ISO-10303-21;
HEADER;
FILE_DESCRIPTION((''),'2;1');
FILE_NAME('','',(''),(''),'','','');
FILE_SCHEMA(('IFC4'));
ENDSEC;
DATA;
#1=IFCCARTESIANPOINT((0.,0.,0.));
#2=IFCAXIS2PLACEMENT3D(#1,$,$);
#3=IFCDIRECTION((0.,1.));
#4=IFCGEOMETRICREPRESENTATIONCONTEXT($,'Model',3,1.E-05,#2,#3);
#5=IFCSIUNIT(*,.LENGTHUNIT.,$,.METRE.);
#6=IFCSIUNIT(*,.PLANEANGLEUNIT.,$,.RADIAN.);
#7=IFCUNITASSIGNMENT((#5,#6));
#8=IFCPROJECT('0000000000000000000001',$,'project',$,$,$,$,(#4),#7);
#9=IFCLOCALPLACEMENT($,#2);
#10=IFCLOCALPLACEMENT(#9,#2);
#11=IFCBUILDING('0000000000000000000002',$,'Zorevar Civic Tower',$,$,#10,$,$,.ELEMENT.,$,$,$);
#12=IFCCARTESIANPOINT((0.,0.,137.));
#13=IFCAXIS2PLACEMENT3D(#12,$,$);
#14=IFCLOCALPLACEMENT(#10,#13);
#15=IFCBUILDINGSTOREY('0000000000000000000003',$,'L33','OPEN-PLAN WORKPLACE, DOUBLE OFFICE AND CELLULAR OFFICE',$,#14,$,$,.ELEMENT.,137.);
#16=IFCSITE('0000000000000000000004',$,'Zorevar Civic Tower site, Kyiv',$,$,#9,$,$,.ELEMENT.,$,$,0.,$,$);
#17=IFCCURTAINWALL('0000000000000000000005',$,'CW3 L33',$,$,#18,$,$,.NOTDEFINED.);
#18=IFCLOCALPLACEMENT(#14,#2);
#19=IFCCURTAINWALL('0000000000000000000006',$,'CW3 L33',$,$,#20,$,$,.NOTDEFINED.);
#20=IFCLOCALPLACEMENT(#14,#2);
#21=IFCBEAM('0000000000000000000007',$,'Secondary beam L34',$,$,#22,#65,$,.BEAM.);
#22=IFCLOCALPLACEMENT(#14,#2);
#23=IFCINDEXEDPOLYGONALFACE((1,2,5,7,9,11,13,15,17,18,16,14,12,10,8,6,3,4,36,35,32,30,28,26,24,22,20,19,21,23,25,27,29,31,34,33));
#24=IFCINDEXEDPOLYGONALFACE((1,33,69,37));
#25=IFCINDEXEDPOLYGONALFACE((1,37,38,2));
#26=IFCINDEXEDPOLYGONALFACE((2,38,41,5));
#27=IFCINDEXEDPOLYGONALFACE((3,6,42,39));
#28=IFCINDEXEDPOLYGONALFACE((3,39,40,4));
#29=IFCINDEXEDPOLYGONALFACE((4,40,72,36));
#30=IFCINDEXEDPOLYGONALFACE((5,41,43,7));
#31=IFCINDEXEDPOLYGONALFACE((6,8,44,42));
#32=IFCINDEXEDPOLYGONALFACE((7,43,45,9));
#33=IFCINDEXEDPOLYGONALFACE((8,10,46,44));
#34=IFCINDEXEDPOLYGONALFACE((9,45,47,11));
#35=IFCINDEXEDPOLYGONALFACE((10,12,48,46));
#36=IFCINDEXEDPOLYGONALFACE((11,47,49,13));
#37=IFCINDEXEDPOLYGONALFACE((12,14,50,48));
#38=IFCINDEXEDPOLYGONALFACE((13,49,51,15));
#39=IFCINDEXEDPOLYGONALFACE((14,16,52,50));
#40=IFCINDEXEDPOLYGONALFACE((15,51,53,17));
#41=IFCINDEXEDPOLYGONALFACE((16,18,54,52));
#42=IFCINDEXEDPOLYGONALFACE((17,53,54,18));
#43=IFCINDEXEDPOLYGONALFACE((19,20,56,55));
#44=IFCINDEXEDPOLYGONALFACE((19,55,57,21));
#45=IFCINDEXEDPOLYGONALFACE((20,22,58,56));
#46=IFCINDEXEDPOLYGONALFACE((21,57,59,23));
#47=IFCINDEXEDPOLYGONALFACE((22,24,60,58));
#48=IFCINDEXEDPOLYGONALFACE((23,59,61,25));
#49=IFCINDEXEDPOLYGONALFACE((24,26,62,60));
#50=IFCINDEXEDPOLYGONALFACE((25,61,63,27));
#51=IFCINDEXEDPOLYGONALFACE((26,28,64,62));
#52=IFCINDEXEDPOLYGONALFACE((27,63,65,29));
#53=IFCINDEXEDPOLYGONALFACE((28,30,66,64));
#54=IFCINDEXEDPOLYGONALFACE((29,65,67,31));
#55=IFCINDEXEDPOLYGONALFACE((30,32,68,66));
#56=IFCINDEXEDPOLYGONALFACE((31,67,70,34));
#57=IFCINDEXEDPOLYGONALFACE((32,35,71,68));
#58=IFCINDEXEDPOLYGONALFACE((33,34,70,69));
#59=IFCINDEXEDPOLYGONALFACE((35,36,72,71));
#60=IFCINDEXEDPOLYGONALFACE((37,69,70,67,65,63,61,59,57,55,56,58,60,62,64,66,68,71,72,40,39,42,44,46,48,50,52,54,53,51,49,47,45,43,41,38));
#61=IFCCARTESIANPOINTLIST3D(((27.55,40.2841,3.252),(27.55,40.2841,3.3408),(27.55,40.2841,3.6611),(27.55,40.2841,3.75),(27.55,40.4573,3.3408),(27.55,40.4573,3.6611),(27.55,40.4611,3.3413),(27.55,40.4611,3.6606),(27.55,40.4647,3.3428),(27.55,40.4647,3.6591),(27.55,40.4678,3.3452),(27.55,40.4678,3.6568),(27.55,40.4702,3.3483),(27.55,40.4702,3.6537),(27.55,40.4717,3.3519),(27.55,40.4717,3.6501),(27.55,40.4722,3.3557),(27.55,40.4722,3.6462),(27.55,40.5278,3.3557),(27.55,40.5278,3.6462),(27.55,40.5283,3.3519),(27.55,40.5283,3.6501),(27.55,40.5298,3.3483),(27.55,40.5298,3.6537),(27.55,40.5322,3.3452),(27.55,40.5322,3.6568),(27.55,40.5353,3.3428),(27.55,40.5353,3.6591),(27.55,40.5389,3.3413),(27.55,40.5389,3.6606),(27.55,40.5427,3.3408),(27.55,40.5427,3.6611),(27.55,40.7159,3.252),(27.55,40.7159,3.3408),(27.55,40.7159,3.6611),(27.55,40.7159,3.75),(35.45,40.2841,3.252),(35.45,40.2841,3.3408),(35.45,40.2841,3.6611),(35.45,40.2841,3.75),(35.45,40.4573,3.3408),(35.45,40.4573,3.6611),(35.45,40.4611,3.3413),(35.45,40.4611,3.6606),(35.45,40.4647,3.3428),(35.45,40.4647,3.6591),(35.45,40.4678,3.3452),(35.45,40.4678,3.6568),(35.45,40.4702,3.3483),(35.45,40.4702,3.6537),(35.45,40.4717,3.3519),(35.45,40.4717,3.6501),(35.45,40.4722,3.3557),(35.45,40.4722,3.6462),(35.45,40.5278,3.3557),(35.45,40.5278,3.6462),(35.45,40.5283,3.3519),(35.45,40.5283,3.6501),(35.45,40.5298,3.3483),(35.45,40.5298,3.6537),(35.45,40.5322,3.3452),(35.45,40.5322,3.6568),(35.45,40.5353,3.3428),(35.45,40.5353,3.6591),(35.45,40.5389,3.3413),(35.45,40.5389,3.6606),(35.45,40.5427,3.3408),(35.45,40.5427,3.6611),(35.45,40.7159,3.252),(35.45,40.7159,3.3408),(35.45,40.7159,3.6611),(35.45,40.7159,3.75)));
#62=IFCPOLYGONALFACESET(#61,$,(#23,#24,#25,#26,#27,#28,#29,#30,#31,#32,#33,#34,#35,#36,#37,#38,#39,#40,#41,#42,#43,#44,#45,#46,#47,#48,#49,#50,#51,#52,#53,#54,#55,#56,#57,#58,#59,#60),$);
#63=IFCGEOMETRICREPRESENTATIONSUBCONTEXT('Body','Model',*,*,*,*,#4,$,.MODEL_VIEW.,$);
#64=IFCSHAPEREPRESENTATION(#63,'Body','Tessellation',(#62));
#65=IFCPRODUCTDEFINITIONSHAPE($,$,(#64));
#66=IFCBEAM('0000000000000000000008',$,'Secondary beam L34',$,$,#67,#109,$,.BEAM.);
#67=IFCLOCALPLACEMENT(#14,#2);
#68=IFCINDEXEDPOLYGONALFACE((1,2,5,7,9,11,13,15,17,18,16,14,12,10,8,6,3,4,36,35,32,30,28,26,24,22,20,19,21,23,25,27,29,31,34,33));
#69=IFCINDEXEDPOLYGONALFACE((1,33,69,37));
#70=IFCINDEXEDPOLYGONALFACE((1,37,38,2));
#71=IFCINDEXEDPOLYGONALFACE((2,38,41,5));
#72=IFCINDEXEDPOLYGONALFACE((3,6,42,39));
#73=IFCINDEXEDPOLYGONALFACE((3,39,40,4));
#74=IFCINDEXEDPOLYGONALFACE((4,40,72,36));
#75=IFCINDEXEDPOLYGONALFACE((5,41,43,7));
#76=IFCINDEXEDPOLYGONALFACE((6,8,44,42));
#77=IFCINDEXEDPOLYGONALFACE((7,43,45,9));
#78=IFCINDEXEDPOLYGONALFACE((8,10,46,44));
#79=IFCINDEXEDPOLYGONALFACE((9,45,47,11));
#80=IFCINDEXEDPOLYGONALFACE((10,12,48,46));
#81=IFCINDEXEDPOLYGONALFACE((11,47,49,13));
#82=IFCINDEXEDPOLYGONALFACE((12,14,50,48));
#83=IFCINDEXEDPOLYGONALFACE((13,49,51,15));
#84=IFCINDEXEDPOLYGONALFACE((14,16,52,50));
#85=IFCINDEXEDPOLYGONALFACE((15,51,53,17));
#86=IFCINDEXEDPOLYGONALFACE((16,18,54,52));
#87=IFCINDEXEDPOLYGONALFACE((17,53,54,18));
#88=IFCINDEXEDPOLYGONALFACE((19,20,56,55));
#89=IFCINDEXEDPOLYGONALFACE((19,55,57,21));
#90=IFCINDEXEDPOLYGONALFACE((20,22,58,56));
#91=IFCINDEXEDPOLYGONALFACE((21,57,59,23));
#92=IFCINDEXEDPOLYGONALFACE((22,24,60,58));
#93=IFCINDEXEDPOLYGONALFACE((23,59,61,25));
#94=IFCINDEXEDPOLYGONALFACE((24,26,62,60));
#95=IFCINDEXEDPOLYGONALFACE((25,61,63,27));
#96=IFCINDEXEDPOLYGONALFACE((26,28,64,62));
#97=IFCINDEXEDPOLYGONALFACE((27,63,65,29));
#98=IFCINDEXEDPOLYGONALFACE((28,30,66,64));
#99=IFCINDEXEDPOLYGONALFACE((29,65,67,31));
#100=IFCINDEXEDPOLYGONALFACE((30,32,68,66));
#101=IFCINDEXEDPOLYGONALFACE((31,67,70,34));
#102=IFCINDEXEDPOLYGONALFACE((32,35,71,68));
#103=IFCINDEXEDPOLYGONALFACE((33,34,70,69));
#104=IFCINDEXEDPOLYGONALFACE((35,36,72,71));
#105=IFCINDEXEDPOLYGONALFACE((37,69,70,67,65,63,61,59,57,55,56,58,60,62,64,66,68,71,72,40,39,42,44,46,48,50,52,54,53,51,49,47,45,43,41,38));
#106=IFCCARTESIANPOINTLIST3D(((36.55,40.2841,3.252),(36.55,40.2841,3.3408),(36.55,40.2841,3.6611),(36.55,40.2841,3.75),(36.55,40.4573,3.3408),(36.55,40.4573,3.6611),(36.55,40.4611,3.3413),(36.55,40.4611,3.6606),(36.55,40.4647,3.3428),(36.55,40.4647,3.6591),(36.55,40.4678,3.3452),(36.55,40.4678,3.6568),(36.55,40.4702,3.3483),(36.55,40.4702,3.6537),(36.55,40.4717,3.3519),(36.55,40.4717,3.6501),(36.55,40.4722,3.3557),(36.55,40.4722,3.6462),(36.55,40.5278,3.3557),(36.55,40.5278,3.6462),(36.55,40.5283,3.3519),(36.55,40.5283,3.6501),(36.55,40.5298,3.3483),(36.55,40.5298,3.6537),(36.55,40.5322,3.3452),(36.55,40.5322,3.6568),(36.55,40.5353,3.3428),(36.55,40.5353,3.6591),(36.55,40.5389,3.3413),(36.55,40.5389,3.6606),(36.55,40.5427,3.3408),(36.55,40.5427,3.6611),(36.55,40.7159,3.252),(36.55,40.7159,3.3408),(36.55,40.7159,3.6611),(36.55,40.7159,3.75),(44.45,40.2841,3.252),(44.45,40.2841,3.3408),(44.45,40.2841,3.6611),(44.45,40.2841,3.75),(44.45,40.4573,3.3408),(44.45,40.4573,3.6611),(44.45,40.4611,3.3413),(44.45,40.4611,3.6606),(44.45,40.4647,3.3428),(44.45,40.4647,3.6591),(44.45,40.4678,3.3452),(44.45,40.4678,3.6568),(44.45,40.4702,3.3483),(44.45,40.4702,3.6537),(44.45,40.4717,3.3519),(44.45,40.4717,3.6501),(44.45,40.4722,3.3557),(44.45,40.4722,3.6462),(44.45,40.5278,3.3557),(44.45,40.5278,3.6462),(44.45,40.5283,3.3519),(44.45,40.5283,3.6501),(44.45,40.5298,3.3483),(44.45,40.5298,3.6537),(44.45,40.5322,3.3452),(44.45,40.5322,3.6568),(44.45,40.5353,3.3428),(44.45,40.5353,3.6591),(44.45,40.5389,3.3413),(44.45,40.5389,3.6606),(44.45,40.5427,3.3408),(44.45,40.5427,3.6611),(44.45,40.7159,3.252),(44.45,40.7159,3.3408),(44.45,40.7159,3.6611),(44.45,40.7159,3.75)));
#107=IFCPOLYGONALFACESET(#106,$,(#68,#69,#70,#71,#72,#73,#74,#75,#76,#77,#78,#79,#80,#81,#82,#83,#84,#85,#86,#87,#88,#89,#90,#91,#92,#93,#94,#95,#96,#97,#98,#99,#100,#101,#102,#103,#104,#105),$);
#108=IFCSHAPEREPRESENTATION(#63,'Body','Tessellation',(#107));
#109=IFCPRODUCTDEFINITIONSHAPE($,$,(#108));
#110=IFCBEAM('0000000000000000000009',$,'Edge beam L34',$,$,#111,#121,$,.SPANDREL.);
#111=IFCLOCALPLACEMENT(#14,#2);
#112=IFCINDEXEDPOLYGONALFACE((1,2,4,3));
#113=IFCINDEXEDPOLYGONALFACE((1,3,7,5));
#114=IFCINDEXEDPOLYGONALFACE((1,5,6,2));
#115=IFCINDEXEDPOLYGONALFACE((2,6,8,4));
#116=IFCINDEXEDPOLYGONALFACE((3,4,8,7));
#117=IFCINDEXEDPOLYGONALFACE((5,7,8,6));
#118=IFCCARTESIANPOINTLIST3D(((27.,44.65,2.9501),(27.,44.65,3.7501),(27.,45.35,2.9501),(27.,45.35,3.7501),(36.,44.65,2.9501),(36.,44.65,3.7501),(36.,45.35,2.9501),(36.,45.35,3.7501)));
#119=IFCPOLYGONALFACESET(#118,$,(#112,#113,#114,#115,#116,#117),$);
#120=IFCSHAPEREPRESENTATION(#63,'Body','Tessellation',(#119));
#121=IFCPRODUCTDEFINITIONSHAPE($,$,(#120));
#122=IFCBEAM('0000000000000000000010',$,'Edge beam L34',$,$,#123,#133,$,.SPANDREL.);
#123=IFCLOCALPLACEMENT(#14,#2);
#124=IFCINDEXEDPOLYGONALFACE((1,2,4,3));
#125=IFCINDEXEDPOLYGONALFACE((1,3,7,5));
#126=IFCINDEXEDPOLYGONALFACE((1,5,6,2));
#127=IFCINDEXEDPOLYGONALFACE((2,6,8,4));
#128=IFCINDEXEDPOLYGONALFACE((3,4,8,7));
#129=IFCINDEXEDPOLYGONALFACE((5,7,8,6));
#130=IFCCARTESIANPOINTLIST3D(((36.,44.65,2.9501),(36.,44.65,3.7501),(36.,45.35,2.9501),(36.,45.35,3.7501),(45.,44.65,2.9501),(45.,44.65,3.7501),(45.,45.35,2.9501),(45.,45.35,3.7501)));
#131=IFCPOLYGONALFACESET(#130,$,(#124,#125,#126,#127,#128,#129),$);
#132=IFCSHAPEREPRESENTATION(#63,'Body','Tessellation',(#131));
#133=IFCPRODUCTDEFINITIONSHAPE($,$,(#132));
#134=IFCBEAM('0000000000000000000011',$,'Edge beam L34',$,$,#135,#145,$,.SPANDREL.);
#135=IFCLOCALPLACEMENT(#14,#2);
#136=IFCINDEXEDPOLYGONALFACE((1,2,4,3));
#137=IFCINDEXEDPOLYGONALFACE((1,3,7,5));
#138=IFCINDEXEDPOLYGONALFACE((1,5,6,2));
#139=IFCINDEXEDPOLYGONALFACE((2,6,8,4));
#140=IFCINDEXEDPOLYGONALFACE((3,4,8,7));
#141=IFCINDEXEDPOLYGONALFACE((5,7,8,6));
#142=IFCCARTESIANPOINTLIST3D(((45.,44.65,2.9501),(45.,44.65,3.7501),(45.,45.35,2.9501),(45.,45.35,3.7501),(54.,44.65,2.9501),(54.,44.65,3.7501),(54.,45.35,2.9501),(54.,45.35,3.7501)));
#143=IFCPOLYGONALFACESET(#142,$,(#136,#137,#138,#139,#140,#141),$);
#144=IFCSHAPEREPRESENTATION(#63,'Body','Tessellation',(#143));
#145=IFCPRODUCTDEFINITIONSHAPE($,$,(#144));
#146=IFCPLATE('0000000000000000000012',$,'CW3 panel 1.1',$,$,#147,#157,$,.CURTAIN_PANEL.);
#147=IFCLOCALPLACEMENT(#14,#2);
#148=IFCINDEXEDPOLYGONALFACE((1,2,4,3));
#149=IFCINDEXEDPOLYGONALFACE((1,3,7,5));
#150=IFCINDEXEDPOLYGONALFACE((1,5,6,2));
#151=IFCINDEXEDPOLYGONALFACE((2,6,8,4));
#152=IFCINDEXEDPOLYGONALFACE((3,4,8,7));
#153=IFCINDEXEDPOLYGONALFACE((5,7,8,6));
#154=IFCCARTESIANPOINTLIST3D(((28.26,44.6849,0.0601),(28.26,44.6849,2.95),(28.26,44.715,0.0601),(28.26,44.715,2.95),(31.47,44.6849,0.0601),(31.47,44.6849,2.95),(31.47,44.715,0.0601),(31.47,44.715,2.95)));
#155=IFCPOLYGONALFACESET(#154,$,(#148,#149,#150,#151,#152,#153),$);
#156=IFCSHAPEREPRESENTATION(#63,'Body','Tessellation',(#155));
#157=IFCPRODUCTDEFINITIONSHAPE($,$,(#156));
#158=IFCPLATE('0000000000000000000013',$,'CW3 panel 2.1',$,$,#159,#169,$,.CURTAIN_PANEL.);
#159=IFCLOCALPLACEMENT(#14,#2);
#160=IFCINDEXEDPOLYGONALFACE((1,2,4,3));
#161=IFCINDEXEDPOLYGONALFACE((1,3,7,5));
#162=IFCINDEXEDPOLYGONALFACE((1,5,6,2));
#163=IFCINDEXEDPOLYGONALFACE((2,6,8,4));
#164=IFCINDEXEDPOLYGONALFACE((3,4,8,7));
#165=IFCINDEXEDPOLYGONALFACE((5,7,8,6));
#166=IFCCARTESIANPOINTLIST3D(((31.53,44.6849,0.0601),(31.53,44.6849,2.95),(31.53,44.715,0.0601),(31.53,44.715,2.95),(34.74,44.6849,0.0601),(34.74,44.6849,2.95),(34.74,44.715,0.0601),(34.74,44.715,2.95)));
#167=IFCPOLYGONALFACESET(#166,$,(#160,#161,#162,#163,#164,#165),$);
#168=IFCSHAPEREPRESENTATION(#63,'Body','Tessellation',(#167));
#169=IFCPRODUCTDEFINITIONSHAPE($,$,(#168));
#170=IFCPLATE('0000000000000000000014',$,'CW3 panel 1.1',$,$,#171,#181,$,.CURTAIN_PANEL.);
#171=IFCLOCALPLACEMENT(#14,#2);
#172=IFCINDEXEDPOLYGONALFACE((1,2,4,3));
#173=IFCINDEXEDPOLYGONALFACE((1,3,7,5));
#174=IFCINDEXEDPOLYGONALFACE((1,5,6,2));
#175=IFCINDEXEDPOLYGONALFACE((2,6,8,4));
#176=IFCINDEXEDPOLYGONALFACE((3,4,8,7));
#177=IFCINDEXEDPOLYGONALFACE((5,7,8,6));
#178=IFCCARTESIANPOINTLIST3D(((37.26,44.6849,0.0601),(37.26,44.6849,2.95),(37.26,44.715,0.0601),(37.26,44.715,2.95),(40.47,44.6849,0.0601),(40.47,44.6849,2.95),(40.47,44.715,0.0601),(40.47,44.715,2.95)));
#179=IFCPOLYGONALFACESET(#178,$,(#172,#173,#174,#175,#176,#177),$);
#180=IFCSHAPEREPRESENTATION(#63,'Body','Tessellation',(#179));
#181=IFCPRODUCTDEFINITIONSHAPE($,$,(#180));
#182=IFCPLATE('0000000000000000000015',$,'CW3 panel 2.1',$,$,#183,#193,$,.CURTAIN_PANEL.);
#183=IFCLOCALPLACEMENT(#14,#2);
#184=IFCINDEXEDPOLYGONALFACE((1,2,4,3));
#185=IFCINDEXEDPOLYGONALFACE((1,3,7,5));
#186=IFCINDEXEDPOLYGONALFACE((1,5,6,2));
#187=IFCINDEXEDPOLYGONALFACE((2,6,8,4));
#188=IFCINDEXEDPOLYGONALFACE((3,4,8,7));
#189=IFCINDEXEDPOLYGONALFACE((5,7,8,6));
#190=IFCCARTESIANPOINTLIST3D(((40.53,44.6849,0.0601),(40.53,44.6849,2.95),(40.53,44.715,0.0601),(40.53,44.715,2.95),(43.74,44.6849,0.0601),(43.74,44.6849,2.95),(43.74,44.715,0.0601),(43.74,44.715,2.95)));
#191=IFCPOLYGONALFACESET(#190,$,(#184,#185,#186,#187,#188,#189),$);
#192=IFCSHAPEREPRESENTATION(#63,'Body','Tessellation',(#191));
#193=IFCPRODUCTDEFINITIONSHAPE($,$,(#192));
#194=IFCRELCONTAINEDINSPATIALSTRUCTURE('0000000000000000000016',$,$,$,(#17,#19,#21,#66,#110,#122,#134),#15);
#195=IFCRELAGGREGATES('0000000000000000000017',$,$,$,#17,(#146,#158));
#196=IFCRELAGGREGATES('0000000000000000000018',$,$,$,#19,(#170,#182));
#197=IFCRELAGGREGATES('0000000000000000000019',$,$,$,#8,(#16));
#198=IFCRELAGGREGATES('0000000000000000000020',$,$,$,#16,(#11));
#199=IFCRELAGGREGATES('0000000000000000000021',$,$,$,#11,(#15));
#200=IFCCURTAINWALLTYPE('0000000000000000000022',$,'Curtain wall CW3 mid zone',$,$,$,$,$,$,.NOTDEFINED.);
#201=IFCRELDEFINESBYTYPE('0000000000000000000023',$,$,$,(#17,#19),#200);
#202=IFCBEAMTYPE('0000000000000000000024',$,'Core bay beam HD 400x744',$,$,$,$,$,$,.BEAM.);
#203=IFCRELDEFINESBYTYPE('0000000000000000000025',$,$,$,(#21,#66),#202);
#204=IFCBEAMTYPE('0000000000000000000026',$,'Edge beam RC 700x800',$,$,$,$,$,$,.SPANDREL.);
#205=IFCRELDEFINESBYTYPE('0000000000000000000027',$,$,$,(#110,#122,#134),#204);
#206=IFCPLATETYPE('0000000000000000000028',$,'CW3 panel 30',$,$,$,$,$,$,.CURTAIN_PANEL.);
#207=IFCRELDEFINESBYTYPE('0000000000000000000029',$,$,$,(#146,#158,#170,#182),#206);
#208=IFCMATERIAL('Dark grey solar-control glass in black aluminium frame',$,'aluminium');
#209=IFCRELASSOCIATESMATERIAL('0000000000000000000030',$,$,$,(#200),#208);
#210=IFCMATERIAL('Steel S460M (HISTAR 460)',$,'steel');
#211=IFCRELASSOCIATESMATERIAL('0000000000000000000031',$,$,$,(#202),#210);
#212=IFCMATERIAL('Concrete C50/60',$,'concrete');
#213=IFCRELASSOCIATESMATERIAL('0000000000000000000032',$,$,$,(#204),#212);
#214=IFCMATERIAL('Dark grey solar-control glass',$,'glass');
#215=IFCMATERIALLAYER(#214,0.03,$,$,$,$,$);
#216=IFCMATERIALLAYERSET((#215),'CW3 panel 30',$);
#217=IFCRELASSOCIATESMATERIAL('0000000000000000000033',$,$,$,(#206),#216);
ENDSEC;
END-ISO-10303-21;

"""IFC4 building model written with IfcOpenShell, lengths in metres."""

from ifc_helpers import new_model, si_unit, direction, frame, origin, origin_2d, place, context, subcontext, project, spatial, rectangle, i_section, extrude, material, layer, layer_set, material_profile, profile_set, type_object, element, aggregate, save


model = new_model("IFC4")

# Units and contexts
model_context = context("Model", 3, precision=1e-05, world=origin(), true_north=direction((0.0, 1.0)))
body_context = subcontext(model_context, "Body", "Model", "MODEL_VIEW")
ifc_project = project(units=[si_unit("LENGTHUNIT", "METRE"), si_unit("PLANEANGLEUNIT", "RADIAN")], contexts=[model_context])

# Site, building, storey
site_placement = place(None, origin())
site = spatial("IfcSite", under=ifc_project, at=site_placement, Name="Zorevar Civic Tower site, Kyiv", CompositionType="ELEMENT", RefElevation=0.0)
building_placement = place(site_placement, origin())
building = spatial("IfcBuilding", under=site, at=building_placement, Name="Zorevar Civic Tower", CompositionType="ELEMENT")
storey_placement = place(building_placement, frame((0.0, 0.0, 137.0)))
storey = spatial("IfcBuildingStorey", under=building, at=storey_placement, Name="L33", Description="OPEN-PLAN WORKPLACE, DOUBLE OFFICE AND CELLULAR OFFICE", CompositionType="ELEMENT", Elevation=137.0)

# Shared definitions
ifc_material_1 = material(Name="Dark grey solar-control glass in black aluminium frame", Category="aluminium")
curtain_wall_type = type_object("IfcCurtainWallType", Name="Curtain wall CW3 mid zone", PredefinedType="NOTDEFINED", material=ifc_material_1)

# Curtain walls
curtain_wall_1_placement = place(storey_placement, origin())
curtain_wall_1 = element("IfcCurtainWall", 1, at=curtain_wall_1_placement, inside=storey, type_object=curtain_wall_type, Name="CW3 L33", PredefinedType="NOTDEFINED")
curtain_wall_2_placement = place(storey_placement, origin())
curtain_wall_2 = element("IfcCurtainWall", 2, at=curtain_wall_2_placement, inside=storey, type_object=curtain_wall_type, Name="CW3 L33", PredefinedType="NOTDEFINED")

# Beams
ifc_material_2 = material(Name="Steel S460M (HISTAR 460)", Category="steel")
ifc_material_profile_1 = material_profile(ifc_material_2, i_section(OverallWidth=0.4319, OverallDepth=0.498, WebThickness=0.0557, FlangeThickness=0.0889, FilletRadius=0.0149, at=origin_2d()), Name="HD 400x744")
ifc_profile_set_1 = profile_set([ifc_material_profile_1], Name="Steel S460M (HISTAR 460)")
beam_type_1 = type_object("IfcBeamType", Name="Core bay beam HD 400x744", PredefinedType="BEAM", material=ifc_profile_set_1)
for number, where, z_axis, x_axis, name in (
    (3, (27.55, 40.5, 3.501), (1.0, 0.0, 0.0), (0.0, 1.0, 0.0), "Secondary beam L34"),
    (4, (36.55, 40.5, 3.501), (1.0, 0.0, 0.0), (0.0, 1.0, 0.0), "Secondary beam L34"),
):
    element("IfcBeam", number, at=place(storey_placement, frame(where, z_axis=z_axis, x_axis=x_axis)), inside=storey, type_object=beam_type_1, Name=name, PredefinedType="BEAM", context=body_context, shape_type="SweptSolid", body=[
        extrude(i_section(OverallWidth=0.4319, OverallDepth=0.498, WebThickness=0.0557, FlangeThickness=0.0889, FilletRadius=0.0149, at=origin_2d()), origin(), (0.0, 0.0, 1.0), 7.8999),
    ])
ifc_material_3 = material(Name="Concrete C50/60", Category="concrete")
ifc_material_profile_2 = material_profile(ifc_material_3, rectangle(XDim=0.7, YDim=0.8, at=origin_2d()), Name="RC 700x800")
ifc_profile_set_2 = profile_set([ifc_material_profile_2], Name="Concrete C50/60")
beam_type_2 = type_object("IfcBeamType", Name="Edge beam RC 700x800", PredefinedType="SPANDREL", material=ifc_profile_set_2)
for number, where, z_axis, x_axis, name in (
    (5, (27.0, 45.0, 3.3501), (1.0, 0.0, 0.0), (0.0, 1.0, 0.0), "Edge beam L34"),
    (6, (36.0, 45.0, 3.3501), (1.0, 0.0, 0.0), (0.0, 1.0, 0.0), "Edge beam L34"),
    (7, (45.0, 45.0, 3.3501), (1.0, 0.0, 0.0), (0.0, 1.0, 0.0), "Edge beam L34"),
):
    element("IfcBeam", number, at=place(storey_placement, frame(where, z_axis=z_axis, x_axis=x_axis)), inside=storey, type_object=beam_type_2, Name=name, PredefinedType="SPANDREL", context=body_context, shape_type="SweptSolid", body=[
        extrude(rectangle(XDim=0.7, YDim=0.8, at=origin_2d()), origin(), (0.0, 0.0, 1.0), 9.0),
    ])

# Plates
ifc_material_4 = material(Name="Dark grey solar-control glass", Category="glass")
ifc_layer_1 = layer(ifc_material_4, 0.03)
ifc_layer_set_1 = layer_set([ifc_layer_1], Name="CW3 panel 30")
plate_type = type_object("IfcPlateType", Name="CW3 panel 30", PredefinedType="CURTAIN_PANEL", material=ifc_layer_set_1)
plate_1_placement = place(storey_placement, frame((29.865, 44.7, 0.0601), z_axis=(0.0, 0.0, 1.0), x_axis=(1.0, 0.0, 0.0)))
plate_1 = element("IfcPlate", 8, at=plate_1_placement, type_object=plate_type, Name="CW3 panel 1.1", PredefinedType="CURTAIN_PANEL", context=body_context, shape_type="SweptSolid", body=[
    extrude(rectangle(XDim=3.21, YDim=0.03, at=origin_2d()), origin(), (0.0, 0.0, 1.0), 2.8899),
])
plate_2_placement = place(storey_placement, frame((33.135, 44.7, 0.0601), z_axis=(0.0, 0.0, 1.0), x_axis=(1.0, 0.0, 0.0)))
plate_2 = element("IfcPlate", 9, at=plate_2_placement, type_object=plate_type, Name="CW3 panel 2.1", PredefinedType="CURTAIN_PANEL", context=body_context, shape_type="SweptSolid", body=[
    extrude(rectangle(XDim=3.21, YDim=0.03, at=origin_2d()), origin(), (0.0, 0.0, 1.0), 2.8899),
])
aggregate(curtain_wall_1, [plate_1, plate_2])
plate_3_placement = place(storey_placement, frame((38.865, 44.7, 0.0601), z_axis=(0.0, 0.0, 1.0), x_axis=(1.0, 0.0, 0.0)))
plate_3 = element("IfcPlate", 10, at=plate_3_placement, type_object=plate_type, Name="CW3 panel 1.1", PredefinedType="CURTAIN_PANEL", context=body_context, shape_type="SweptSolid", body=[
    extrude(rectangle(XDim=3.21, YDim=0.03, at=origin_2d()), origin(), (0.0, 0.0, 1.0), 2.8899),
])
plate_4_placement = place(storey_placement, frame((42.135, 44.7, 0.0601), z_axis=(0.0, 0.0, 1.0), x_axis=(1.0, 0.0, 0.0)))
plate_4 = element("IfcPlate", 11, at=plate_4_placement, type_object=plate_type, Name="CW3 panel 2.1", PredefinedType="CURTAIN_PANEL", context=body_context, shape_type="SweptSolid", body=[
    extrude(rectangle(XDim=3.21, YDim=0.03, at=origin_2d()), origin(), (0.0, 0.0, 1.0), 2.8899),
])
aggregate(curtain_wall_2, [plate_3, plate_4])

save(model, "model.ifc")
